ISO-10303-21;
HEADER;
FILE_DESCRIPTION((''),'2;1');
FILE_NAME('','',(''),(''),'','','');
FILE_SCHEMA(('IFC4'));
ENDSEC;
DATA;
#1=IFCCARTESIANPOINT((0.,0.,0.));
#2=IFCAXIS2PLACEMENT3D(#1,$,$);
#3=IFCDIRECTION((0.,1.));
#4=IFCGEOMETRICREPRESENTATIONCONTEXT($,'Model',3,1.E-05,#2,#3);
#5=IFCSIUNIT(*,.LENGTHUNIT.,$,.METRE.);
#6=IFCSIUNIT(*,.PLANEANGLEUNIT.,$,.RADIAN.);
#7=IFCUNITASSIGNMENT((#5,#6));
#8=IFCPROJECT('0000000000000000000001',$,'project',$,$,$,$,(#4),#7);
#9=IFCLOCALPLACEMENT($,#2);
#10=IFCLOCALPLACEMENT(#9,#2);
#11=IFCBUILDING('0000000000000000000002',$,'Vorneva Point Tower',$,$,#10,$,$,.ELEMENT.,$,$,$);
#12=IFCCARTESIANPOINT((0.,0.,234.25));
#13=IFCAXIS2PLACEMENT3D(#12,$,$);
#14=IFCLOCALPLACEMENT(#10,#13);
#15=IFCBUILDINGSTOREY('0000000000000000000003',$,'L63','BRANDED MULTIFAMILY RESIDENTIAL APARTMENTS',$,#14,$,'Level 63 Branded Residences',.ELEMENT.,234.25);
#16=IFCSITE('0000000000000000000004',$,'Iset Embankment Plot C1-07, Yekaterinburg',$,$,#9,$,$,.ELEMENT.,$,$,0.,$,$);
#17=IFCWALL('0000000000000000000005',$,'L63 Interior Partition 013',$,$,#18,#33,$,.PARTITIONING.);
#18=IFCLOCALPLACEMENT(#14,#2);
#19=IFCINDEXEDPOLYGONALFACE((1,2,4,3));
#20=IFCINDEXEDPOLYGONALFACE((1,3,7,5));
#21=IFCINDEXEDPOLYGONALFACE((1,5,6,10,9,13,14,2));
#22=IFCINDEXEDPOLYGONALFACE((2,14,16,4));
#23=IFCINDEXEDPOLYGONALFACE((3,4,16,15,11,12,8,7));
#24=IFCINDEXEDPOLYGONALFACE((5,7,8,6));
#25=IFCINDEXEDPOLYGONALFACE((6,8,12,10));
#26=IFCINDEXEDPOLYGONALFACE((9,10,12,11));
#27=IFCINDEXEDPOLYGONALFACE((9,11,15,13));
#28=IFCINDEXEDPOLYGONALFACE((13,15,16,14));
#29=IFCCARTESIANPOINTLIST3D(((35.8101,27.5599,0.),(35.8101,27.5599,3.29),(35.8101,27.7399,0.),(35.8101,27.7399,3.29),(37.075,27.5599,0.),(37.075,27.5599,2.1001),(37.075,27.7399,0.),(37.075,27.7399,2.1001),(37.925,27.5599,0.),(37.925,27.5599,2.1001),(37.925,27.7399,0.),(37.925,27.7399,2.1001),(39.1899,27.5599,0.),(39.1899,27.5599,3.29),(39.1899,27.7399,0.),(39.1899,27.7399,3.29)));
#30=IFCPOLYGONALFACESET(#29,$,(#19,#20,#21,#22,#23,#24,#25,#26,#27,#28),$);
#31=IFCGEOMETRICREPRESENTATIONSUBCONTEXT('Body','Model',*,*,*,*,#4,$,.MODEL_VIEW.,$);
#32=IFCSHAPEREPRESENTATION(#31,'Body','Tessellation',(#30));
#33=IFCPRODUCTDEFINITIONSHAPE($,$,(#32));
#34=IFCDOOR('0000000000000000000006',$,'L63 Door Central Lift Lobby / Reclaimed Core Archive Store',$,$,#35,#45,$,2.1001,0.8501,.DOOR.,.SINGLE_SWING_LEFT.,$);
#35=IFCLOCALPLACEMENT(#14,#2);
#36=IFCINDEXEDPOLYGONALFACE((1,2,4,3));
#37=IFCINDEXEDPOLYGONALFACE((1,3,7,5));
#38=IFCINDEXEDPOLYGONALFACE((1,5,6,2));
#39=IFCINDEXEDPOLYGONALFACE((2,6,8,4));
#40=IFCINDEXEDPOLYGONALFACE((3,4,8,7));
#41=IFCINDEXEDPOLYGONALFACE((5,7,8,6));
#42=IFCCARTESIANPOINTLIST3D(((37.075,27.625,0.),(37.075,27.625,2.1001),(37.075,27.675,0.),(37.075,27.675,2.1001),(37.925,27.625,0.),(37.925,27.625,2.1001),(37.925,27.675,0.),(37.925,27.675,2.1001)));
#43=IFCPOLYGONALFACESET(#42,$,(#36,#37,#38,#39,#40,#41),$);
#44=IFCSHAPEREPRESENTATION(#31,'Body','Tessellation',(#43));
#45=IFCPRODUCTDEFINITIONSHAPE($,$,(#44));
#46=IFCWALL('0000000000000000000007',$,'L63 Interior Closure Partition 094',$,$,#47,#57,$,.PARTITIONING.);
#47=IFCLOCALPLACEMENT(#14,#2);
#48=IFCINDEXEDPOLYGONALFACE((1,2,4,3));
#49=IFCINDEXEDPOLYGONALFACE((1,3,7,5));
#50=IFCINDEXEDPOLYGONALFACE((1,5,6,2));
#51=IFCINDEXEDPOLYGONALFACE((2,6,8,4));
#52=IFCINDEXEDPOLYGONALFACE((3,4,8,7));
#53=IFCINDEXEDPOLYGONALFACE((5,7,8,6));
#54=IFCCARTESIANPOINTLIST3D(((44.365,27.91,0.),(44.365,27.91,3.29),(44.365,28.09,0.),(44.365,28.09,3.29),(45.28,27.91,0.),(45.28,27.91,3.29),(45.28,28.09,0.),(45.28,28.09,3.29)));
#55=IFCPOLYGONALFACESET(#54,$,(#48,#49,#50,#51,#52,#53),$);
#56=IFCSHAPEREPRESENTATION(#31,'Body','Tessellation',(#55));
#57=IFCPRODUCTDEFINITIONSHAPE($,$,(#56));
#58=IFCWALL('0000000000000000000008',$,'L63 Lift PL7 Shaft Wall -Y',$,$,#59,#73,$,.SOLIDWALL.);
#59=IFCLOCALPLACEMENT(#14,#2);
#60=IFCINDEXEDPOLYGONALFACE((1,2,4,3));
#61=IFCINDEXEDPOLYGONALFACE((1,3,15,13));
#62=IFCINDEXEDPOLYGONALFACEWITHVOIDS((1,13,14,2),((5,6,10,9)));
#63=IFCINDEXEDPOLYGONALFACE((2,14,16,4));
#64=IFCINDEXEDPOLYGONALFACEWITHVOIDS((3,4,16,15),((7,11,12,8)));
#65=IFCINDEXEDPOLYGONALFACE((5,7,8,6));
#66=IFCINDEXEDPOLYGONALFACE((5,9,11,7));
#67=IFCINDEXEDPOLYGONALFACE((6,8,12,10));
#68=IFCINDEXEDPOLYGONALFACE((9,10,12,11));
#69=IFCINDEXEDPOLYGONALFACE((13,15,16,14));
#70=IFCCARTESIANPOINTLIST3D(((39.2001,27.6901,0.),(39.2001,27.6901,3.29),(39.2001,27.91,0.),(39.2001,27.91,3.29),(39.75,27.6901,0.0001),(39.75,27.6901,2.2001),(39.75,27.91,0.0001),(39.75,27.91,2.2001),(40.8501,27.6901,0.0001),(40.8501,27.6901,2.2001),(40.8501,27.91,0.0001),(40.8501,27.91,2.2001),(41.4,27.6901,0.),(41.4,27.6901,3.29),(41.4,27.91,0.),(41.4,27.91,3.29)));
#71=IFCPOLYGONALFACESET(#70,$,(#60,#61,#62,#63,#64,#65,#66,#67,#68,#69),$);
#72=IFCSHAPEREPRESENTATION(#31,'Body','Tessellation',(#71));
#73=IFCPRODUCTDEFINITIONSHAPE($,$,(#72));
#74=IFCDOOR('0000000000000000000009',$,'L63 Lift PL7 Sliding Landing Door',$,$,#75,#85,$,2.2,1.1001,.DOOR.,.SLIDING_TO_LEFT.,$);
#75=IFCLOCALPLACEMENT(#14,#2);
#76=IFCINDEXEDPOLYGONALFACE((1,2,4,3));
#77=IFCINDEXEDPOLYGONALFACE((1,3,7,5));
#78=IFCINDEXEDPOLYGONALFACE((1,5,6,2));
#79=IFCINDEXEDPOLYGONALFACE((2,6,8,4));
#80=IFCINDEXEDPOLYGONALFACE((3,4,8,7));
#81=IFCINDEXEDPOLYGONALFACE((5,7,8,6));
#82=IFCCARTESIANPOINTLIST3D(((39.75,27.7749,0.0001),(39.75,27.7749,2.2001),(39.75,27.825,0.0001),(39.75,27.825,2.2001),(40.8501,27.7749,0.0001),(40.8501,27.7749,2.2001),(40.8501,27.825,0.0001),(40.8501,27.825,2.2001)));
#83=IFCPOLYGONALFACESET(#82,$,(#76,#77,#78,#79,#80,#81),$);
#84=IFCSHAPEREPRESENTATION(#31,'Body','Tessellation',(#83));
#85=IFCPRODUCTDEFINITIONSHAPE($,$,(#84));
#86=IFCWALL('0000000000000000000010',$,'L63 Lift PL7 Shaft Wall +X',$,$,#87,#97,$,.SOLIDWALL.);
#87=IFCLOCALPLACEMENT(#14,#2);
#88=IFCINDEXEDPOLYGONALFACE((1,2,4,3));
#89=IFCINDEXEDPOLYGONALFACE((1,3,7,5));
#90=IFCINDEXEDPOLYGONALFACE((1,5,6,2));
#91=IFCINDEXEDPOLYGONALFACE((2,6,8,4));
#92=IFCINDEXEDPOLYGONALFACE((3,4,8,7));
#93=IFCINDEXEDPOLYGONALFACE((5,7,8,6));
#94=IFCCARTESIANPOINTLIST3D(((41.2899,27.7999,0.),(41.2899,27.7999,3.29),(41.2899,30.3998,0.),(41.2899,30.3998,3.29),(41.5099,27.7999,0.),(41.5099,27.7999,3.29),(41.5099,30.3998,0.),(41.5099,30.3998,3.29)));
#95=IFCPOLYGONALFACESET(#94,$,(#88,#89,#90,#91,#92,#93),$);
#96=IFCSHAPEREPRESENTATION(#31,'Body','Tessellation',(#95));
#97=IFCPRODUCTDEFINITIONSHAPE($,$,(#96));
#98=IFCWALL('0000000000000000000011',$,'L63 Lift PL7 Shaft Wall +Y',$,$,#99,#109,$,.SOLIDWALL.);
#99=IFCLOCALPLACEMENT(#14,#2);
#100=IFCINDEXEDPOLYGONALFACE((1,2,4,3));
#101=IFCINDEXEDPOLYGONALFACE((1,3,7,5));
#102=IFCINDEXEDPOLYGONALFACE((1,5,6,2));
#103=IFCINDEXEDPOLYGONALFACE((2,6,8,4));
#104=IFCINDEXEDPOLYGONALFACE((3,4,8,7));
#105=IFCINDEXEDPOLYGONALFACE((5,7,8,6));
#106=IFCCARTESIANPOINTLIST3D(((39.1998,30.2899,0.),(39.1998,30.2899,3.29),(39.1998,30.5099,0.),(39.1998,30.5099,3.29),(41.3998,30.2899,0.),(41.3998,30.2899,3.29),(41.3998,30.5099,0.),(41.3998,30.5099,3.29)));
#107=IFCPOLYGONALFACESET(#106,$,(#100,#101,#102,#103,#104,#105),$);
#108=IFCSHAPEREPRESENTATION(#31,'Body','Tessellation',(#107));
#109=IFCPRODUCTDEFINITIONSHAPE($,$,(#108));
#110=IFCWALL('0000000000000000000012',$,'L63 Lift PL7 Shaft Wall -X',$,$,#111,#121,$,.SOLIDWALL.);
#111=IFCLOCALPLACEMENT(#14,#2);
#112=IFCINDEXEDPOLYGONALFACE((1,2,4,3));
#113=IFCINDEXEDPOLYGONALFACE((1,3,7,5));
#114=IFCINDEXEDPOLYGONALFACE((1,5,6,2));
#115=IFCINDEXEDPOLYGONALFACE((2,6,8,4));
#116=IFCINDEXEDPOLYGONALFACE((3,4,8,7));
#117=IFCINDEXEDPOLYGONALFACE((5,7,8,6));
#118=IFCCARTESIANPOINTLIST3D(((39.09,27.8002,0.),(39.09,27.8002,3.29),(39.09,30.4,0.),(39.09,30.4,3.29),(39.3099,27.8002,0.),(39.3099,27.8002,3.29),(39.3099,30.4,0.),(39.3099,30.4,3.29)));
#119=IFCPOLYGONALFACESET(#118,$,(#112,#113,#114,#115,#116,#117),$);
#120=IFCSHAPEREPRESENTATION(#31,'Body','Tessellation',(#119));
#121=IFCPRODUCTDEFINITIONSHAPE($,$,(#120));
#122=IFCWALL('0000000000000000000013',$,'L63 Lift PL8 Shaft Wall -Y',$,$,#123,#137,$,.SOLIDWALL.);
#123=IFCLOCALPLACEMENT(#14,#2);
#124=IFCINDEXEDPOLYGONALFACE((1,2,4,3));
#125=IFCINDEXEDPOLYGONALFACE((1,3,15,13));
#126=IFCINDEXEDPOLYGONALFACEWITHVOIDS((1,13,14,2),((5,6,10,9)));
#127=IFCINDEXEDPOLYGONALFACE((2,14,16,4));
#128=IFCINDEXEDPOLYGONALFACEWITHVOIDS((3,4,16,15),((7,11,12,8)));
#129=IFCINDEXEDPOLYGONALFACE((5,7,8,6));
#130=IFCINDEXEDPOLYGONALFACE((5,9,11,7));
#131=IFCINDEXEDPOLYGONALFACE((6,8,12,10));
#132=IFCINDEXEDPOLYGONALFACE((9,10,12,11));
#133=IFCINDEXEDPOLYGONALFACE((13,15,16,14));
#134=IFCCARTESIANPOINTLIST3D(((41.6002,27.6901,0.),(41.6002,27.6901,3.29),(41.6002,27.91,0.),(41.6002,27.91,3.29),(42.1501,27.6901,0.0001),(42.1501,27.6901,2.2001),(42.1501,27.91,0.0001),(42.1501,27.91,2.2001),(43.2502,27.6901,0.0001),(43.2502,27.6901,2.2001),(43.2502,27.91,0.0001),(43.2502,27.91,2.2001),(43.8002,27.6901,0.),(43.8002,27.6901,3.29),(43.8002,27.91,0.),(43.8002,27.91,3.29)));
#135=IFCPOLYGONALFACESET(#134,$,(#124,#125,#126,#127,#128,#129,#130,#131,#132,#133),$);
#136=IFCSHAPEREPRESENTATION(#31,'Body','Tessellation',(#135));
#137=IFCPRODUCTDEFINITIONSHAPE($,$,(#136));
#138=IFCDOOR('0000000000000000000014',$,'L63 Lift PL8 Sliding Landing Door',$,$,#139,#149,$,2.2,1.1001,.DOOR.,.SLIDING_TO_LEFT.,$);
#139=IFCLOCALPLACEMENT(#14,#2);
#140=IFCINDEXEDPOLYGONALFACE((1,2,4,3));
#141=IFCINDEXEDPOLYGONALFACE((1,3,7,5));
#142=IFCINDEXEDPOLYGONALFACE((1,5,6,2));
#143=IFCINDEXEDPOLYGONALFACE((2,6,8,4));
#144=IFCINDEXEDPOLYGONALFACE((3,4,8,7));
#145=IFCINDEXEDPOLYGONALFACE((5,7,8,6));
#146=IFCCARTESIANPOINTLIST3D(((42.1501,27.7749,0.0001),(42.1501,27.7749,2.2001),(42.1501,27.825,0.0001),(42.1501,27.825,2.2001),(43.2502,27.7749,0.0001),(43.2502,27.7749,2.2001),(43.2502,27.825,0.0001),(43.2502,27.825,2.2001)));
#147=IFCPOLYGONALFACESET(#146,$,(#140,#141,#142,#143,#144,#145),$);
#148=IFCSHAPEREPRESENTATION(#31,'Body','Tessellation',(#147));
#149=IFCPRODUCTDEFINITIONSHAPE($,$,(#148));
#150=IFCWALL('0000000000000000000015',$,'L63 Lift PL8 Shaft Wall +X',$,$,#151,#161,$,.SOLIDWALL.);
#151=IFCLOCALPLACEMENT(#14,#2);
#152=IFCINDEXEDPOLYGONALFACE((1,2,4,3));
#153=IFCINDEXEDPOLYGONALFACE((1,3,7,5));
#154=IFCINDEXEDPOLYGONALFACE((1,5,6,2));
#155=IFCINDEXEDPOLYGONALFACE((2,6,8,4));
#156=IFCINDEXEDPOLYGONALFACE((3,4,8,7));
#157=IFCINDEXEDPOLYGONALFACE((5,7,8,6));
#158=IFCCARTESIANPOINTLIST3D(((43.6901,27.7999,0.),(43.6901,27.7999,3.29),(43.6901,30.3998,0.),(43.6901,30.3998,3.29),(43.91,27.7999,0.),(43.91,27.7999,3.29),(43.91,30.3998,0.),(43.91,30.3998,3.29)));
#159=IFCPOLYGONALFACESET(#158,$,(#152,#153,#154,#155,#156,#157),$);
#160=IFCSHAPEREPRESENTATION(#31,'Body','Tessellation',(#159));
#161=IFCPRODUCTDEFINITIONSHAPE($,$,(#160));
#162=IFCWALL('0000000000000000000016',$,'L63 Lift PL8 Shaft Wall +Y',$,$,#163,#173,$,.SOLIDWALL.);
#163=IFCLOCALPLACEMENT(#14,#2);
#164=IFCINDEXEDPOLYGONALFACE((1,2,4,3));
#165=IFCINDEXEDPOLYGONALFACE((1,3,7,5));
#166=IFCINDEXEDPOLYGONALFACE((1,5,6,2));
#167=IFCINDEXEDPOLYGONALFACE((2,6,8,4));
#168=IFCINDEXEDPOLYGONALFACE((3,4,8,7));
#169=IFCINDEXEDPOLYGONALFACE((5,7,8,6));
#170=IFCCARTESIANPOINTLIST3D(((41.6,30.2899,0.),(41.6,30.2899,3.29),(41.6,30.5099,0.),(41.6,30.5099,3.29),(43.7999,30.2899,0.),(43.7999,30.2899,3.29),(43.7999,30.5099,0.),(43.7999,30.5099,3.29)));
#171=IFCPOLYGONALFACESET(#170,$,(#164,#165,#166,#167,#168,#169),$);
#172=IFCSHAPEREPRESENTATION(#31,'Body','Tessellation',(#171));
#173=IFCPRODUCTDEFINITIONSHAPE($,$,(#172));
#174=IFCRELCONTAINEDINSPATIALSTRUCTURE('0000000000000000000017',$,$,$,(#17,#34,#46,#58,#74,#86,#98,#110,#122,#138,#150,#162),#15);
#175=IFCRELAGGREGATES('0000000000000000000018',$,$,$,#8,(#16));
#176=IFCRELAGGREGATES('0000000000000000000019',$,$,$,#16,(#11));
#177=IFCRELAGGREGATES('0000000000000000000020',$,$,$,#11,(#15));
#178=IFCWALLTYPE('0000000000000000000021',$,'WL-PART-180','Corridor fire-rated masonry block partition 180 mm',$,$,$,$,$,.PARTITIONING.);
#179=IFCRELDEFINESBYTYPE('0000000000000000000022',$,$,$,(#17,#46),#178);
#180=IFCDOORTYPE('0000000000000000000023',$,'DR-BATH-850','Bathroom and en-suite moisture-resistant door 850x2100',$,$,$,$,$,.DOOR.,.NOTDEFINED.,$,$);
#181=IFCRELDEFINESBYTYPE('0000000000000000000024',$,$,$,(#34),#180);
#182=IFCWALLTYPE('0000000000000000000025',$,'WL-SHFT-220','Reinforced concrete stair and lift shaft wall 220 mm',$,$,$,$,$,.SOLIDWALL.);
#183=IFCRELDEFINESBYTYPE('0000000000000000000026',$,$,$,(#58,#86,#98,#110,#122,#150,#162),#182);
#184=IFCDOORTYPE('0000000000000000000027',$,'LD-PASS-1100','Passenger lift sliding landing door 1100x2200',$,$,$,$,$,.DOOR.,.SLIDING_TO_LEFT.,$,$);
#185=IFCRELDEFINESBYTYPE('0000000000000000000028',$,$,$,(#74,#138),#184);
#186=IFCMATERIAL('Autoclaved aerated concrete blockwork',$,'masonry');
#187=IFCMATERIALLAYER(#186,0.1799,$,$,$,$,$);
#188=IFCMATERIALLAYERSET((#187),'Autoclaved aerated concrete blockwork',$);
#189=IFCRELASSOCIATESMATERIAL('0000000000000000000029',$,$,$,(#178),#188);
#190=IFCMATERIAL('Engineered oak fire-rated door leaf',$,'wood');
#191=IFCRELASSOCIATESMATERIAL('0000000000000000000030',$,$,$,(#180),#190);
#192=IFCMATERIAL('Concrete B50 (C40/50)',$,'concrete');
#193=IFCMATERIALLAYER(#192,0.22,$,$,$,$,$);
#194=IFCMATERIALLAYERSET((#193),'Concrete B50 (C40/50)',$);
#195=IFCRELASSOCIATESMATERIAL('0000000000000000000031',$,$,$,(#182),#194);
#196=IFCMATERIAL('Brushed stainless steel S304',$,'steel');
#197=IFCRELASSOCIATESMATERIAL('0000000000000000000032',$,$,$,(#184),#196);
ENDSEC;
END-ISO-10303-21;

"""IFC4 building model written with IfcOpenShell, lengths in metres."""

from ifc_helpers import new_model, si_unit, direction, frame, frame_2d, origin, place, context, subcontext, project, spatial, rectangle, extrude, material, layer, layer_set, type_object, element, fill, save


model = new_model("IFC4")

# Units and contexts
model_context = context("Model", 3, precision=1e-05, world=origin(), true_north=direction((0.0, 1.0)))
body_context = subcontext(model_context, "Body", "Model", "MODEL_VIEW")
ifc_project = project(units=[si_unit("LENGTHUNIT", "METRE"), si_unit("PLANEANGLEUNIT", "RADIAN")], contexts=[model_context])

# Site, building, storey
site_placement = place(None, origin())
site = spatial("IfcSite", under=ifc_project, at=site_placement, Name="Iset Embankment Plot C1-07, Yekaterinburg", CompositionType="ELEMENT", RefElevation=0.0)
building_placement = place(site_placement, origin())
building = spatial("IfcBuilding", under=site, at=building_placement, Name="Vorneva Point Tower", CompositionType="ELEMENT")
storey_placement = place(building_placement, frame((0.0, 0.0, 234.25)))
storey = spatial("IfcBuildingStorey", under=building, at=storey_placement, Name="L63", Description="BRANDED MULTIFAMILY RESIDENTIAL APARTMENTS", LongName="Level 63 Branded Residences", CompositionType="ELEMENT", Elevation=234.25)

# Shared definitions
ifc_material_1 = material(Name="Concrete B50 (C40/50)", Category="concrete")

# Shared definitions
ifc_material_2 = material(Name="Brushed stainless steel S304", Category="steel")

# Wall, opening, door
ifc_material_3 = material(Name="Autoclaved aerated concrete blockwork", Category="masonry")
ifc_layer_1 = layer(ifc_material_3, 0.1799)
ifc_layer_set_1 = layer_set([ifc_layer_1], Name="Autoclaved aerated concrete blockwork")
wall_type_1 = type_object("IfcWallType", Name="WL-PART-180", Description="Corridor fire-rated masonry block partition 180 mm", PredefinedType="PARTITIONING", material=ifc_layer_set_1)
wall_1_placement = place(storey_placement, frame((39.1899, 27.6499, 0.0), z_axis=(0.0, 0.0, 1.0), x_axis=(-1.0, 0.0, 0.0)))
wall_1 = element("IfcWall", 1, at=wall_1_placement, inside=storey, type_object=wall_type_1, Name="L63 Interior Partition 013", PredefinedType="PARTITIONING", context=body_context, shape_type="SweptSolid", body=[
    extrude(rectangle(XDim=3.3799, YDim=0.1799, at=frame_2d((1.6899, 0.0))), origin(), (0.0, 0.0, 1.0), 3.29),
])
opening_1_placement = place(wall_1_placement, frame((1.2649, 0.0, 0.0)))
opening_1 = element("IfcOpeningElement", 2, at=opening_1_placement, cuts=wall_1, PredefinedType="OPENING", context=body_context, shape_type="SweptSolid", body=[
    extrude(rectangle(XDim=0.8501, YDim=2.1001, at=frame_2d((0.425, 1.05))), frame((0.0, 0.105, 0.0), z_axis=(0.0, -1.0, 0.0), x_axis=(1.0, 0.0, 0.0)), (0.0, 0.0, 1.0), 0.2097),
])
ifc_material_4 = material(Name="Engineered oak fire-rated door leaf", Category="wood")
door_type_1 = type_object("IfcDoorType", Name="DR-BATH-850", Description="Bathroom and en-suite moisture-resistant door 850x2100", OperationType="NOTDEFINED", PredefinedType="DOOR", material=ifc_material_4)
door_1_placement = place(opening_1_placement, origin())
door_1 = element("IfcDoor", 3, at=door_1_placement, inside=storey, type_object=door_type_1, Name="L63 Door Central Lift Lobby / Reclaimed Core Archive Store", OperationType="SINGLE_SWING_LEFT", OverallHeight=2.1001, OverallWidth=0.8501, PredefinedType="DOOR", context=body_context, shape_type="SweptSolid", body=[
    extrude(rectangle(XDim=0.8501, YDim=2.1001, at=frame_2d((0.425, 1.05))), frame((0.0, 0.0249, 0.0), z_axis=(0.0, -1.0, 0.0), x_axis=(1.0, 0.0, 0.0)), (0.0, 0.0, 1.0), 0.05),
])
fill(opening_1, door_1)

# Wall
wall_2_placement = place(storey_placement, frame((45.28, 28.0, 0.0), z_axis=(0.0, 0.0, 1.0), x_axis=(-1.0, 0.0, 0.0)))
element("IfcWall", 4, at=wall_2_placement, inside=storey, type_object=wall_type_1, Name="L63 Interior Closure Partition 094", PredefinedType="PARTITIONING", context=body_context, shape_type="SweptSolid", body=[
    extrude(rectangle(XDim=0.915, YDim=0.1799, at=frame_2d((0.4575, 0.0))), origin(), (0.0, 0.0, 1.0), 3.29),
])

# Wall, opening, door
ifc_layer_2 = layer(ifc_material_1, 0.22)
ifc_layer_set_2 = layer_set([ifc_layer_2], Name="Concrete B50 (C40/50)")
wall_type_2 = type_object("IfcWallType", Name="WL-SHFT-220", Description="Reinforced concrete stair and lift shaft wall 220 mm", PredefinedType="SOLIDWALL", material=ifc_layer_set_2)
wall_3_placement = place(storey_placement, frame((39.2, 27.8, 0.0), z_axis=(0.0, 0.0, 1.0), x_axis=(1.0, 0.0, 0.0)))
wall_3 = element("IfcWall", 5, at=wall_3_placement, inside=storey, type_object=wall_type_2, Name="L63 Lift PL7 Shaft Wall -Y", PredefinedType="SOLIDWALL", context=body_context, shape_type="SweptSolid", body=[
    extrude(rectangle(XDim=2.2, YDim=0.22, at=frame_2d((1.1001, 0.0))), origin(), (0.0, 0.0, 1.0), 3.29),
])
opening_2_placement = place(wall_3_placement, frame((0.55, 0.0, 0.0)))
opening_2 = element("IfcOpeningElement", 6, at=opening_2_placement, cuts=wall_3, PredefinedType="OPENING", context=body_context, shape_type="SweptSolid", body=[
    extrude(rectangle(XDim=1.1001, YDim=2.2, at=frame_2d((0.55, 1.1001))), frame((0.0, 0.125, 0.0), z_axis=(0.0, -1.0, 0.0), x_axis=(1.0, 0.0, 0.0)), (0.0, 0.0, 1.0), 0.2498),
])
door_type_2 = type_object("IfcDoorType", Name="LD-PASS-1100", Description="Passenger lift sliding landing door 1100x2200", OperationType="SLIDING_TO_LEFT", PredefinedType="DOOR", material=ifc_material_2)
door_2_placement = place(opening_2_placement, origin())
door_2 = element("IfcDoor", 7, at=door_2_placement, inside=storey, type_object=door_type_2, Name="L63 Lift PL7 Sliding Landing Door", OperationType="SLIDING_TO_LEFT", OverallHeight=2.2, OverallWidth=1.1001, PredefinedType="DOOR", context=body_context, shape_type="SweptSolid", body=[
    extrude(rectangle(XDim=1.1001, YDim=2.2, at=frame_2d((0.55, 1.1001))), frame((0.0, 0.0249, 0.0), z_axis=(0.0, -1.0, 0.0), x_axis=(1.0, 0.0, 0.0)), (0.0, 0.0, 1.0), 0.05),
])
fill(opening_2, door_2)

# Walls
wall_4_placement = place(storey_placement, frame((41.3999, 27.8, 0.0), z_axis=(0.0, 0.0, 1.0), x_axis=(0.0, 1.0, 0.0)))
element("IfcWall", 8, at=wall_4_placement, inside=storey, type_object=wall_type_2, Name="L63 Lift PL7 Shaft Wall +X", PredefinedType="SOLIDWALL", context=body_context, shape_type="SweptSolid", body=[
    extrude(rectangle(XDim=2.5999, YDim=0.22, at=frame_2d((1.2998, 0.0))), origin(), (0.0, 0.0, 1.0), 3.29),
])
wall_5_placement = place(storey_placement, frame((41.3999, 30.3999, 0.0), z_axis=(0.0, 0.0, 1.0), x_axis=(-1.0, 0.0, 0.0)))
element("IfcWall", 9, at=wall_5_placement, inside=storey, type_object=wall_type_2, Name="L63 Lift PL7 Shaft Wall +Y", PredefinedType="SOLIDWALL", context=body_context, shape_type="SweptSolid", body=[
    extrude(rectangle(XDim=2.2, YDim=0.22, at=frame_2d((1.1001, 0.0))), origin(), (0.0, 0.0, 1.0), 3.29),
])
wall_6_placement = place(storey_placement, frame((39.2, 30.3999, 0.0), z_axis=(0.0, 0.0, 1.0), x_axis=(0.0, -1.0, 0.0)))
element("IfcWall", 10, at=wall_6_placement, inside=storey, type_object=wall_type_2, Name="L63 Lift PL7 Shaft Wall -X", PredefinedType="SOLIDWALL", context=body_context, shape_type="SweptSolid", body=[
    extrude(rectangle(XDim=2.5999, YDim=0.22, at=frame_2d((1.2998, 0.0))), origin(), (0.0, 0.0, 1.0), 3.29),
])

# Wall, opening, door
wall_7_placement = place(storey_placement, frame((41.6001, 27.8, 0.0), z_axis=(0.0, 0.0, 1.0), x_axis=(1.0, 0.0, 0.0)))
wall_7 = element("IfcWall", 11, at=wall_7_placement, inside=storey, type_object=wall_type_2, Name="L63 Lift PL8 Shaft Wall -Y", PredefinedType="SOLIDWALL", context=body_context, shape_type="SweptSolid", body=[
    extrude(rectangle(XDim=2.2, YDim=0.22, at=frame_2d((1.1001, 0.0))), origin(), (0.0, 0.0, 1.0), 3.29),
])
opening_3_placement = place(wall_7_placement, frame((0.55, 0.0, 0.0)))
opening_3 = element("IfcOpeningElement", 12, at=opening_3_placement, cuts=wall_7, PredefinedType="OPENING", context=body_context, shape_type="SweptSolid", body=[
    extrude(rectangle(XDim=1.1001, YDim=2.2, at=frame_2d((0.55, 1.1001))), frame((0.0, 0.125, 0.0), z_axis=(0.0, -1.0, 0.0), x_axis=(1.0, 0.0, 0.0)), (0.0, 0.0, 1.0), 0.2498),
])
door_3_placement = place(opening_3_placement, origin())
door_3 = element("IfcDoor", 13, at=door_3_placement, inside=storey, type_object=door_type_2, Name="L63 Lift PL8 Sliding Landing Door", OperationType="SLIDING_TO_LEFT", OverallHeight=2.2, OverallWidth=1.1001, PredefinedType="DOOR", context=body_context, shape_type="SweptSolid", body=[
    extrude(rectangle(XDim=1.1001, YDim=2.2, at=frame_2d((0.55, 1.1001))), frame((0.0, 0.0249, 0.0), z_axis=(0.0, -1.0, 0.0), x_axis=(1.0, 0.0, 0.0)), (0.0, 0.0, 1.0), 0.05),
])
fill(opening_3, door_3)

# Walls
wall_8_placement = place(storey_placement, frame((43.8, 27.8, 0.0), z_axis=(0.0, 0.0, 1.0), x_axis=(0.0, 1.0, 0.0)))
element("IfcWall", 14, at=wall_8_placement, inside=storey, type_object=wall_type_2, Name="L63 Lift PL8 Shaft Wall +X", PredefinedType="SOLIDWALL", context=body_context, shape_type="SweptSolid", body=[
    extrude(rectangle(XDim=2.5999, YDim=0.22, at=frame_2d((1.2998, 0.0))), origin(), (0.0, 0.0, 1.0), 3.29),
])
wall_9_placement = place(storey_placement, frame((43.8, 30.3999, 0.0), z_axis=(0.0, 0.0, 1.0), x_axis=(-1.0, 0.0, 0.0)))
element("IfcWall", 15, at=wall_9_placement, inside=storey, type_object=wall_type_2, Name="L63 Lift PL8 Shaft Wall +Y", PredefinedType="SOLIDWALL", context=body_context, shape_type="SweptSolid", body=[
    extrude(rectangle(XDim=2.2, YDim=0.22, at=frame_2d((1.1001, 0.0))), origin(), (0.0, 0.0, 1.0), 3.29),
])

save(model, "model.ifc")
